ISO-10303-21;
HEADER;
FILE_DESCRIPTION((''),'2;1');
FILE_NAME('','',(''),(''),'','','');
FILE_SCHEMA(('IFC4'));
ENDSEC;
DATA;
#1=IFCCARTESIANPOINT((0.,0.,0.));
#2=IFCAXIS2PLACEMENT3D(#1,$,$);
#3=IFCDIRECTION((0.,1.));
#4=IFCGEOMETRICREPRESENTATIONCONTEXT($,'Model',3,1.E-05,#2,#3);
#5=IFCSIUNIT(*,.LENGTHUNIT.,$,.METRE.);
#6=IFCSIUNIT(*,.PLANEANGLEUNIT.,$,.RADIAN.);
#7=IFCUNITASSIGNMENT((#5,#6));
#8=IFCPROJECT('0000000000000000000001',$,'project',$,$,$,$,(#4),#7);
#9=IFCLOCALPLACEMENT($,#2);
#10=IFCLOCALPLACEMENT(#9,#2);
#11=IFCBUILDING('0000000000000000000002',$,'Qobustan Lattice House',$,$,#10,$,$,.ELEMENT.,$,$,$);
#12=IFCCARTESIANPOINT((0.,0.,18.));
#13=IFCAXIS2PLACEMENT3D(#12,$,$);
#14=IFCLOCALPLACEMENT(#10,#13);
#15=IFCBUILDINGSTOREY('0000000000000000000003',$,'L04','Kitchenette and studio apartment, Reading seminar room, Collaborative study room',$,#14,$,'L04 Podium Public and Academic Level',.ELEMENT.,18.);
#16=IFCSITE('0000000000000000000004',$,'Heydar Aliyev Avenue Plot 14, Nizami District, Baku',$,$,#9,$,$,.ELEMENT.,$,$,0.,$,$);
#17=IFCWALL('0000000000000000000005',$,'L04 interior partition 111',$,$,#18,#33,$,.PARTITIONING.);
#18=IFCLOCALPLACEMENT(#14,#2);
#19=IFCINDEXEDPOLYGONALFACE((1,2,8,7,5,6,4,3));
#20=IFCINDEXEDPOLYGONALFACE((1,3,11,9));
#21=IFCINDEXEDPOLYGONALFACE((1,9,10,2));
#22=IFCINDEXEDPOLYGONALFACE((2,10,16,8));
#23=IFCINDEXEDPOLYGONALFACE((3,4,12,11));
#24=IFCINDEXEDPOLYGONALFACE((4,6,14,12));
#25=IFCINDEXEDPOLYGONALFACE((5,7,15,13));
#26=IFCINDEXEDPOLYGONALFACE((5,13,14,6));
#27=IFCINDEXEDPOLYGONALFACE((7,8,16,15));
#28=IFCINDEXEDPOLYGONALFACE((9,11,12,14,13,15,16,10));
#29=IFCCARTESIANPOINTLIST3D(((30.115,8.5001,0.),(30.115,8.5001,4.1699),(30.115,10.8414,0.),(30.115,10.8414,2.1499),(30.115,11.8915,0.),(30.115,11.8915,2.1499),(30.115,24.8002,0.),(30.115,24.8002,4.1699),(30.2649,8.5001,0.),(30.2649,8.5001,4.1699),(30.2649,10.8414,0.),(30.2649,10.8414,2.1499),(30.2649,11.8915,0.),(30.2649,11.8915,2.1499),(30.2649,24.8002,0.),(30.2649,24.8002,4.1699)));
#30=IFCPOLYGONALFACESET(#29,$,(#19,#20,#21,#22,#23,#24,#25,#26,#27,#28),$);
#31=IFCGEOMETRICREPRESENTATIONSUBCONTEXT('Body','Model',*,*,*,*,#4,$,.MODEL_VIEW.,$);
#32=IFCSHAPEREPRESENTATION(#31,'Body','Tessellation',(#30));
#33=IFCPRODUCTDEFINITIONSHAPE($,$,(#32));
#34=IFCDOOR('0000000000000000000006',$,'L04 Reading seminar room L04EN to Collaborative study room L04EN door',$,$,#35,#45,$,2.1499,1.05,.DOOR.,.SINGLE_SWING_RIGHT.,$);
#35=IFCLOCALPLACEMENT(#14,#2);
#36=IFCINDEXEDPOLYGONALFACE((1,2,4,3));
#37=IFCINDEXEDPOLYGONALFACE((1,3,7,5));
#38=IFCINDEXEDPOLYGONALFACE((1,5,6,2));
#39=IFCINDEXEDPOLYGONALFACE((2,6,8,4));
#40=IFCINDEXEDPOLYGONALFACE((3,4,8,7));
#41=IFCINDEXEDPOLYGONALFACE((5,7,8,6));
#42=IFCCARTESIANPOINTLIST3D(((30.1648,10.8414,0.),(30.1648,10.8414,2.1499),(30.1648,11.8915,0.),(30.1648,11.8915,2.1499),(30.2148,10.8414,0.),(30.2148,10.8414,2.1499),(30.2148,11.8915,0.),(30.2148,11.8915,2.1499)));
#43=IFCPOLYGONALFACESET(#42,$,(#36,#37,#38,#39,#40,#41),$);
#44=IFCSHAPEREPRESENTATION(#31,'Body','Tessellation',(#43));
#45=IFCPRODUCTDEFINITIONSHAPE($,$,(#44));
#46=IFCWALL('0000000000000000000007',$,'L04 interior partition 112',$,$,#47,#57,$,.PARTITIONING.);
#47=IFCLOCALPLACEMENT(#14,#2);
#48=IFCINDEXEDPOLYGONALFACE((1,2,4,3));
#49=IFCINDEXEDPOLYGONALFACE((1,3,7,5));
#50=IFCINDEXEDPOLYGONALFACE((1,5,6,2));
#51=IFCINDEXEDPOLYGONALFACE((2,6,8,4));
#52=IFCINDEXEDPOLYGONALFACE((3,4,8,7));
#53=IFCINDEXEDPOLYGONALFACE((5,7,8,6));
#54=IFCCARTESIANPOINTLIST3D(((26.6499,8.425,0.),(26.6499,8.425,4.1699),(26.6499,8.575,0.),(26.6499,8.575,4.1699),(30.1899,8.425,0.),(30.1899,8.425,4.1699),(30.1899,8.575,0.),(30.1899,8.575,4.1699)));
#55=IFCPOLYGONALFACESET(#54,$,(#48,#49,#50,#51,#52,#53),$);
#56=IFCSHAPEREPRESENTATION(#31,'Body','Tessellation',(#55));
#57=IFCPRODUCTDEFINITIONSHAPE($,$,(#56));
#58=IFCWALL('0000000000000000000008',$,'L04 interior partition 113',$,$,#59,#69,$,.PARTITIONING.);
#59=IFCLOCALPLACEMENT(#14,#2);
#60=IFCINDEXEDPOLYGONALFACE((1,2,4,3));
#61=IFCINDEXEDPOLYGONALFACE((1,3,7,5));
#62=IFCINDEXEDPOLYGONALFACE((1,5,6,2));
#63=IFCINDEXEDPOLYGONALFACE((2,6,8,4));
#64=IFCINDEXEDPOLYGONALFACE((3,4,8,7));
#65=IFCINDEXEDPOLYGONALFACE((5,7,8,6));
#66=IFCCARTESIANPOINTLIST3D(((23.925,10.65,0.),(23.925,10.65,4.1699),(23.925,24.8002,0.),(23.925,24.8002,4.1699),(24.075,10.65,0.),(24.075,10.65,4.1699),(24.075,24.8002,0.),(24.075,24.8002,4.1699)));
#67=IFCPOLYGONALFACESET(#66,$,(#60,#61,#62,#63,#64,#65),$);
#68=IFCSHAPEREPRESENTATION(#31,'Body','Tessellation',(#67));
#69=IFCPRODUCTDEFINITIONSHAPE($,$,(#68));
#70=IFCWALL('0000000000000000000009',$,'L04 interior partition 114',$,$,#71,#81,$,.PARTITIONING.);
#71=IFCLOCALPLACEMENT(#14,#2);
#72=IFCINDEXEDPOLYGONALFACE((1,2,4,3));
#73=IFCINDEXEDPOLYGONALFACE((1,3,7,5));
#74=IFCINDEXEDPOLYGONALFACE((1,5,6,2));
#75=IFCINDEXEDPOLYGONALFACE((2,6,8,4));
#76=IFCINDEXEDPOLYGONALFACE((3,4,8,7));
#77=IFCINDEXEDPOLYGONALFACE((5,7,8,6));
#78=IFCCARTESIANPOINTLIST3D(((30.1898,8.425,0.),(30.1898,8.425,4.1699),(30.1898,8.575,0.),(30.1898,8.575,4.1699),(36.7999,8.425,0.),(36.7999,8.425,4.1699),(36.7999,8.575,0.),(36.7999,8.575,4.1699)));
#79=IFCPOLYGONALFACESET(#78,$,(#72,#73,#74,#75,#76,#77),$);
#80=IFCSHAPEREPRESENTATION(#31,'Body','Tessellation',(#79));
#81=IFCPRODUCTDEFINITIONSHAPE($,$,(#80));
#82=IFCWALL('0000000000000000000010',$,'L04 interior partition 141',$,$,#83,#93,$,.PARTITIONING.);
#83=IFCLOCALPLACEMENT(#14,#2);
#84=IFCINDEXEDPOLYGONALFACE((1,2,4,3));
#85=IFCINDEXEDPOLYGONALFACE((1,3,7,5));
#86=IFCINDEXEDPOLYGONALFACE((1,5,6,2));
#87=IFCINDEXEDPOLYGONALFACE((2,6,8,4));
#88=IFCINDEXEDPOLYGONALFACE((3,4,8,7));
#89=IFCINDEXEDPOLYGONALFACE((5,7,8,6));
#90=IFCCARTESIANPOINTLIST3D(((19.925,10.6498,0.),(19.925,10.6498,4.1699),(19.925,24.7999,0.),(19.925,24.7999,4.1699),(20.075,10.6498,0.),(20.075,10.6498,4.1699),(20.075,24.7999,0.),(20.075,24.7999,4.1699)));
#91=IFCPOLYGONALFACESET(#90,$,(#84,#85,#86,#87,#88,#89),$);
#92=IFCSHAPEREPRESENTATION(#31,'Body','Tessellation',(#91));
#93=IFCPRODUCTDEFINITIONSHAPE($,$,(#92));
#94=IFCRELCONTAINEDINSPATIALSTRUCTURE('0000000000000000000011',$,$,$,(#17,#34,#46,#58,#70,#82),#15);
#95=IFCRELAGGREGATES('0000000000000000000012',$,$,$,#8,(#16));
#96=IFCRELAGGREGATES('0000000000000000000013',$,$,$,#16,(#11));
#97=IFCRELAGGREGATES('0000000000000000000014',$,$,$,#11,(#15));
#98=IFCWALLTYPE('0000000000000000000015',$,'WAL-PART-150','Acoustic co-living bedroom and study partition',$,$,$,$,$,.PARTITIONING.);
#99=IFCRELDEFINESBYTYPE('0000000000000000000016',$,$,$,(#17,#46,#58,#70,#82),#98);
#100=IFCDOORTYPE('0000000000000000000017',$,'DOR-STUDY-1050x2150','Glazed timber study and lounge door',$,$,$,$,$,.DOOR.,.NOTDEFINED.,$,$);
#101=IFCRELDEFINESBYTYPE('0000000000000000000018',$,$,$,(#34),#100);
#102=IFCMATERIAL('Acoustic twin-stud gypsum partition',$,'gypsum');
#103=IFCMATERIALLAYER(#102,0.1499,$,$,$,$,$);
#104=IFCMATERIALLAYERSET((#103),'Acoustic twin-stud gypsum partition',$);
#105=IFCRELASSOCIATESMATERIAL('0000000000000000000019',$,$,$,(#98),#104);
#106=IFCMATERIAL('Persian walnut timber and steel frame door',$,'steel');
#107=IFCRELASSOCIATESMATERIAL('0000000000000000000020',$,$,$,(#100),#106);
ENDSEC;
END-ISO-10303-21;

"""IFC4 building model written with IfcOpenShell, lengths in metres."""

from ifc_helpers import new_model, si_unit, direction, frame, frame_2d, origin, place, context, subcontext, project, spatial, rectangle, extrude, material, layer, layer_set, type_object, element, fill, save


model = new_model("IFC4")

# Units and contexts
model_context = context("Model", 3, precision=1e-05, world=origin(), true_north=direction((0.0, 1.0)))
body_context = subcontext(model_context, "Body", "Model", "MODEL_VIEW")
ifc_project = project(units=[si_unit("LENGTHUNIT", "METRE"), si_unit("PLANEANGLEUNIT", "RADIAN")], contexts=[model_context])

# Site, building, storey
site_placement = place(None, origin())
site = spatial("IfcSite", under=ifc_project, at=site_placement, Name="Heydar Aliyev Avenue Plot 14, Nizami District, Baku", CompositionType="ELEMENT", RefElevation=0.0)
building_placement = place(site_placement, origin())
building = spatial("IfcBuilding", under=site, at=building_placement, Name="Qobustan Lattice House", CompositionType="ELEMENT")
storey_placement = place(building_placement, frame((0.0, 0.0, 18.0)))
storey = spatial("IfcBuildingStorey", under=building, at=storey_placement, Name="L04", Description="Kitchenette and studio apartment, Reading seminar room, Collaborative study room", LongName="L04 Podium Public and Academic Level", CompositionType="ELEMENT", Elevation=18.0)

# Wall, opening, door
ifc_material_1 = material(Name="Acoustic twin-stud gypsum partition", Category="gypsum")
ifc_layer_1 = layer(ifc_material_1, 0.1499)
ifc_layer_set_1 = layer_set([ifc_layer_1], Name="Acoustic twin-stud gypsum partition")
wall_type_1 = type_object("IfcWallType", Name="WAL-PART-150", Description="Acoustic co-living bedroom and study partition", PredefinedType="PARTITIONING", material=ifc_layer_set_1)
ifc_material_2 = material(Name="Persian walnut timber and steel frame door", Category="steel")
door_type_1 = type_object("IfcDoorType", Name="DOR-STUDY-1050x2150", Description="Glazed timber study and lounge door", OperationType="NOTDEFINED", PredefinedType="DOOR", material=ifc_material_2)
wall_1_placement = place(storey_placement, frame((30.1899, 24.8, 0.0), z_axis=(0.0, 0.0, 1.0), x_axis=(0.0, -1.0, 0.0)))
wall_1 = element("IfcWall", 1, at=wall_1_placement, inside=storey, type_object=wall_type_1, Name="L04 interior partition 111", PredefinedType="PARTITIONING", context=body_context, shape_type="SweptSolid", body=[
    extrude(rectangle(XDim=16.3, YDim=0.1499, at=frame_2d((8.1499, 0.0))), origin(), (0.0, 0.0, 1.0), 4.1699),
])
opening_1_placement = place(wall_1_placement, frame((12.9087, 0.0, 0.0)))
opening_1 = element("IfcOpeningElement", 2, at=opening_1_placement, cuts=wall_1, PredefinedType="OPENING", context=body_context, shape_type="SweptSolid", body=[
    extrude(rectangle(XDim=1.05, YDim=2.1499, at=frame_2d((0.5249, 1.075))), frame((0.0, 0.085, 0.0), z_axis=(0.0, -1.0, 0.0), x_axis=(1.0, 0.0, 0.0)), (0.0, 0.0, 1.0), 0.1699),
])
door_1_placement = place(opening_1_placement, origin())
door_1 = element("IfcDoor", 3, at=door_1_placement, inside=storey, type_object=door_type_1, Name="L04 Reading seminar room L04EN to Collaborative study room L04EN door", OperationType="SINGLE_SWING_RIGHT", OverallHeight=2.1499, OverallWidth=1.05, PredefinedType="DOOR", context=body_context, shape_type="SweptSolid", body=[
    extrude(rectangle(XDim=1.05, YDim=2.1499, at=frame_2d((0.5249, 1.075))), frame((0.0, 0.0249, 0.0), z_axis=(0.0, -1.0, 0.0), x_axis=(1.0, 0.0, 0.0)), (0.0, 0.0, 1.0), 0.05),
])
fill(opening_1, door_1)

# Walls
wall_2_placement = place(storey_placement, frame((30.1899, 8.5, 0.0), z_axis=(0.0, 0.0, 1.0), x_axis=(-1.0, 0.0, 0.0)))
element("IfcWall", 4, at=wall_2_placement, inside=storey, type_object=wall_type_1, Name="L04 interior partition 112", PredefinedType="PARTITIONING", context=body_context, shape_type="SweptSolid", body=[
    extrude(rectangle(XDim=3.54, YDim=0.1499, at=frame_2d((1.77, 0.0))), origin(), (0.0, 0.0, 1.0), 4.1699),
])
wall_3_placement = place(storey_placement, frame((24.0, 10.6499, 0.0), z_axis=(0.0, 0.0, 1.0), x_axis=(0.0, 1.0, 0.0)))
element("IfcWall", 5, at=wall_3_placement, inside=storey, type_object=wall_type_1, Name="L04 interior partition 113", PredefinedType="PARTITIONING", context=body_context, shape_type="SweptSolid", body=[
    extrude(rectangle(XDim=14.1501, YDim=0.1499, at=frame_2d((7.0752, 0.0))), origin(), (0.0, 0.0, 1.0), 4.1699),
])
wall_4_placement = place(storey_placement, frame((36.8, 8.5, 0.0), z_axis=(0.0, 0.0, 1.0), x_axis=(-1.0, 0.0, 0.0)))
element("IfcWall", 6, at=wall_4_placement, inside=storey, type_object=wall_type_1, Name="L04 interior partition 114", PredefinedType="PARTITIONING", context=body_context, shape_type="SweptSolid", body=[
    extrude(rectangle(XDim=6.6101, YDim=0.1499, at=frame_2d((3.3052, 0.0))), origin(), (0.0, 0.0, 1.0), 4.1699),
])
wall_5_placement = place(storey_placement, frame((20.0, 24.8, 0.0), z_axis=(0.0, 0.0, 1.0), x_axis=(0.0, -1.0, 0.0)))
element("IfcWall", 7, at=wall_5_placement, inside=storey, type_object=wall_type_1, Name="L04 interior partition 141", PredefinedType="PARTITIONING", context=body_context, shape_type="SweptSolid", body=[
    extrude(rectangle(XDim=14.1501, YDim=0.1499, at=frame_2d((7.0752, 0.0))), origin(), (0.0, 0.0, 1.0), 4.1699),
])

save(model, "model.ifc")
